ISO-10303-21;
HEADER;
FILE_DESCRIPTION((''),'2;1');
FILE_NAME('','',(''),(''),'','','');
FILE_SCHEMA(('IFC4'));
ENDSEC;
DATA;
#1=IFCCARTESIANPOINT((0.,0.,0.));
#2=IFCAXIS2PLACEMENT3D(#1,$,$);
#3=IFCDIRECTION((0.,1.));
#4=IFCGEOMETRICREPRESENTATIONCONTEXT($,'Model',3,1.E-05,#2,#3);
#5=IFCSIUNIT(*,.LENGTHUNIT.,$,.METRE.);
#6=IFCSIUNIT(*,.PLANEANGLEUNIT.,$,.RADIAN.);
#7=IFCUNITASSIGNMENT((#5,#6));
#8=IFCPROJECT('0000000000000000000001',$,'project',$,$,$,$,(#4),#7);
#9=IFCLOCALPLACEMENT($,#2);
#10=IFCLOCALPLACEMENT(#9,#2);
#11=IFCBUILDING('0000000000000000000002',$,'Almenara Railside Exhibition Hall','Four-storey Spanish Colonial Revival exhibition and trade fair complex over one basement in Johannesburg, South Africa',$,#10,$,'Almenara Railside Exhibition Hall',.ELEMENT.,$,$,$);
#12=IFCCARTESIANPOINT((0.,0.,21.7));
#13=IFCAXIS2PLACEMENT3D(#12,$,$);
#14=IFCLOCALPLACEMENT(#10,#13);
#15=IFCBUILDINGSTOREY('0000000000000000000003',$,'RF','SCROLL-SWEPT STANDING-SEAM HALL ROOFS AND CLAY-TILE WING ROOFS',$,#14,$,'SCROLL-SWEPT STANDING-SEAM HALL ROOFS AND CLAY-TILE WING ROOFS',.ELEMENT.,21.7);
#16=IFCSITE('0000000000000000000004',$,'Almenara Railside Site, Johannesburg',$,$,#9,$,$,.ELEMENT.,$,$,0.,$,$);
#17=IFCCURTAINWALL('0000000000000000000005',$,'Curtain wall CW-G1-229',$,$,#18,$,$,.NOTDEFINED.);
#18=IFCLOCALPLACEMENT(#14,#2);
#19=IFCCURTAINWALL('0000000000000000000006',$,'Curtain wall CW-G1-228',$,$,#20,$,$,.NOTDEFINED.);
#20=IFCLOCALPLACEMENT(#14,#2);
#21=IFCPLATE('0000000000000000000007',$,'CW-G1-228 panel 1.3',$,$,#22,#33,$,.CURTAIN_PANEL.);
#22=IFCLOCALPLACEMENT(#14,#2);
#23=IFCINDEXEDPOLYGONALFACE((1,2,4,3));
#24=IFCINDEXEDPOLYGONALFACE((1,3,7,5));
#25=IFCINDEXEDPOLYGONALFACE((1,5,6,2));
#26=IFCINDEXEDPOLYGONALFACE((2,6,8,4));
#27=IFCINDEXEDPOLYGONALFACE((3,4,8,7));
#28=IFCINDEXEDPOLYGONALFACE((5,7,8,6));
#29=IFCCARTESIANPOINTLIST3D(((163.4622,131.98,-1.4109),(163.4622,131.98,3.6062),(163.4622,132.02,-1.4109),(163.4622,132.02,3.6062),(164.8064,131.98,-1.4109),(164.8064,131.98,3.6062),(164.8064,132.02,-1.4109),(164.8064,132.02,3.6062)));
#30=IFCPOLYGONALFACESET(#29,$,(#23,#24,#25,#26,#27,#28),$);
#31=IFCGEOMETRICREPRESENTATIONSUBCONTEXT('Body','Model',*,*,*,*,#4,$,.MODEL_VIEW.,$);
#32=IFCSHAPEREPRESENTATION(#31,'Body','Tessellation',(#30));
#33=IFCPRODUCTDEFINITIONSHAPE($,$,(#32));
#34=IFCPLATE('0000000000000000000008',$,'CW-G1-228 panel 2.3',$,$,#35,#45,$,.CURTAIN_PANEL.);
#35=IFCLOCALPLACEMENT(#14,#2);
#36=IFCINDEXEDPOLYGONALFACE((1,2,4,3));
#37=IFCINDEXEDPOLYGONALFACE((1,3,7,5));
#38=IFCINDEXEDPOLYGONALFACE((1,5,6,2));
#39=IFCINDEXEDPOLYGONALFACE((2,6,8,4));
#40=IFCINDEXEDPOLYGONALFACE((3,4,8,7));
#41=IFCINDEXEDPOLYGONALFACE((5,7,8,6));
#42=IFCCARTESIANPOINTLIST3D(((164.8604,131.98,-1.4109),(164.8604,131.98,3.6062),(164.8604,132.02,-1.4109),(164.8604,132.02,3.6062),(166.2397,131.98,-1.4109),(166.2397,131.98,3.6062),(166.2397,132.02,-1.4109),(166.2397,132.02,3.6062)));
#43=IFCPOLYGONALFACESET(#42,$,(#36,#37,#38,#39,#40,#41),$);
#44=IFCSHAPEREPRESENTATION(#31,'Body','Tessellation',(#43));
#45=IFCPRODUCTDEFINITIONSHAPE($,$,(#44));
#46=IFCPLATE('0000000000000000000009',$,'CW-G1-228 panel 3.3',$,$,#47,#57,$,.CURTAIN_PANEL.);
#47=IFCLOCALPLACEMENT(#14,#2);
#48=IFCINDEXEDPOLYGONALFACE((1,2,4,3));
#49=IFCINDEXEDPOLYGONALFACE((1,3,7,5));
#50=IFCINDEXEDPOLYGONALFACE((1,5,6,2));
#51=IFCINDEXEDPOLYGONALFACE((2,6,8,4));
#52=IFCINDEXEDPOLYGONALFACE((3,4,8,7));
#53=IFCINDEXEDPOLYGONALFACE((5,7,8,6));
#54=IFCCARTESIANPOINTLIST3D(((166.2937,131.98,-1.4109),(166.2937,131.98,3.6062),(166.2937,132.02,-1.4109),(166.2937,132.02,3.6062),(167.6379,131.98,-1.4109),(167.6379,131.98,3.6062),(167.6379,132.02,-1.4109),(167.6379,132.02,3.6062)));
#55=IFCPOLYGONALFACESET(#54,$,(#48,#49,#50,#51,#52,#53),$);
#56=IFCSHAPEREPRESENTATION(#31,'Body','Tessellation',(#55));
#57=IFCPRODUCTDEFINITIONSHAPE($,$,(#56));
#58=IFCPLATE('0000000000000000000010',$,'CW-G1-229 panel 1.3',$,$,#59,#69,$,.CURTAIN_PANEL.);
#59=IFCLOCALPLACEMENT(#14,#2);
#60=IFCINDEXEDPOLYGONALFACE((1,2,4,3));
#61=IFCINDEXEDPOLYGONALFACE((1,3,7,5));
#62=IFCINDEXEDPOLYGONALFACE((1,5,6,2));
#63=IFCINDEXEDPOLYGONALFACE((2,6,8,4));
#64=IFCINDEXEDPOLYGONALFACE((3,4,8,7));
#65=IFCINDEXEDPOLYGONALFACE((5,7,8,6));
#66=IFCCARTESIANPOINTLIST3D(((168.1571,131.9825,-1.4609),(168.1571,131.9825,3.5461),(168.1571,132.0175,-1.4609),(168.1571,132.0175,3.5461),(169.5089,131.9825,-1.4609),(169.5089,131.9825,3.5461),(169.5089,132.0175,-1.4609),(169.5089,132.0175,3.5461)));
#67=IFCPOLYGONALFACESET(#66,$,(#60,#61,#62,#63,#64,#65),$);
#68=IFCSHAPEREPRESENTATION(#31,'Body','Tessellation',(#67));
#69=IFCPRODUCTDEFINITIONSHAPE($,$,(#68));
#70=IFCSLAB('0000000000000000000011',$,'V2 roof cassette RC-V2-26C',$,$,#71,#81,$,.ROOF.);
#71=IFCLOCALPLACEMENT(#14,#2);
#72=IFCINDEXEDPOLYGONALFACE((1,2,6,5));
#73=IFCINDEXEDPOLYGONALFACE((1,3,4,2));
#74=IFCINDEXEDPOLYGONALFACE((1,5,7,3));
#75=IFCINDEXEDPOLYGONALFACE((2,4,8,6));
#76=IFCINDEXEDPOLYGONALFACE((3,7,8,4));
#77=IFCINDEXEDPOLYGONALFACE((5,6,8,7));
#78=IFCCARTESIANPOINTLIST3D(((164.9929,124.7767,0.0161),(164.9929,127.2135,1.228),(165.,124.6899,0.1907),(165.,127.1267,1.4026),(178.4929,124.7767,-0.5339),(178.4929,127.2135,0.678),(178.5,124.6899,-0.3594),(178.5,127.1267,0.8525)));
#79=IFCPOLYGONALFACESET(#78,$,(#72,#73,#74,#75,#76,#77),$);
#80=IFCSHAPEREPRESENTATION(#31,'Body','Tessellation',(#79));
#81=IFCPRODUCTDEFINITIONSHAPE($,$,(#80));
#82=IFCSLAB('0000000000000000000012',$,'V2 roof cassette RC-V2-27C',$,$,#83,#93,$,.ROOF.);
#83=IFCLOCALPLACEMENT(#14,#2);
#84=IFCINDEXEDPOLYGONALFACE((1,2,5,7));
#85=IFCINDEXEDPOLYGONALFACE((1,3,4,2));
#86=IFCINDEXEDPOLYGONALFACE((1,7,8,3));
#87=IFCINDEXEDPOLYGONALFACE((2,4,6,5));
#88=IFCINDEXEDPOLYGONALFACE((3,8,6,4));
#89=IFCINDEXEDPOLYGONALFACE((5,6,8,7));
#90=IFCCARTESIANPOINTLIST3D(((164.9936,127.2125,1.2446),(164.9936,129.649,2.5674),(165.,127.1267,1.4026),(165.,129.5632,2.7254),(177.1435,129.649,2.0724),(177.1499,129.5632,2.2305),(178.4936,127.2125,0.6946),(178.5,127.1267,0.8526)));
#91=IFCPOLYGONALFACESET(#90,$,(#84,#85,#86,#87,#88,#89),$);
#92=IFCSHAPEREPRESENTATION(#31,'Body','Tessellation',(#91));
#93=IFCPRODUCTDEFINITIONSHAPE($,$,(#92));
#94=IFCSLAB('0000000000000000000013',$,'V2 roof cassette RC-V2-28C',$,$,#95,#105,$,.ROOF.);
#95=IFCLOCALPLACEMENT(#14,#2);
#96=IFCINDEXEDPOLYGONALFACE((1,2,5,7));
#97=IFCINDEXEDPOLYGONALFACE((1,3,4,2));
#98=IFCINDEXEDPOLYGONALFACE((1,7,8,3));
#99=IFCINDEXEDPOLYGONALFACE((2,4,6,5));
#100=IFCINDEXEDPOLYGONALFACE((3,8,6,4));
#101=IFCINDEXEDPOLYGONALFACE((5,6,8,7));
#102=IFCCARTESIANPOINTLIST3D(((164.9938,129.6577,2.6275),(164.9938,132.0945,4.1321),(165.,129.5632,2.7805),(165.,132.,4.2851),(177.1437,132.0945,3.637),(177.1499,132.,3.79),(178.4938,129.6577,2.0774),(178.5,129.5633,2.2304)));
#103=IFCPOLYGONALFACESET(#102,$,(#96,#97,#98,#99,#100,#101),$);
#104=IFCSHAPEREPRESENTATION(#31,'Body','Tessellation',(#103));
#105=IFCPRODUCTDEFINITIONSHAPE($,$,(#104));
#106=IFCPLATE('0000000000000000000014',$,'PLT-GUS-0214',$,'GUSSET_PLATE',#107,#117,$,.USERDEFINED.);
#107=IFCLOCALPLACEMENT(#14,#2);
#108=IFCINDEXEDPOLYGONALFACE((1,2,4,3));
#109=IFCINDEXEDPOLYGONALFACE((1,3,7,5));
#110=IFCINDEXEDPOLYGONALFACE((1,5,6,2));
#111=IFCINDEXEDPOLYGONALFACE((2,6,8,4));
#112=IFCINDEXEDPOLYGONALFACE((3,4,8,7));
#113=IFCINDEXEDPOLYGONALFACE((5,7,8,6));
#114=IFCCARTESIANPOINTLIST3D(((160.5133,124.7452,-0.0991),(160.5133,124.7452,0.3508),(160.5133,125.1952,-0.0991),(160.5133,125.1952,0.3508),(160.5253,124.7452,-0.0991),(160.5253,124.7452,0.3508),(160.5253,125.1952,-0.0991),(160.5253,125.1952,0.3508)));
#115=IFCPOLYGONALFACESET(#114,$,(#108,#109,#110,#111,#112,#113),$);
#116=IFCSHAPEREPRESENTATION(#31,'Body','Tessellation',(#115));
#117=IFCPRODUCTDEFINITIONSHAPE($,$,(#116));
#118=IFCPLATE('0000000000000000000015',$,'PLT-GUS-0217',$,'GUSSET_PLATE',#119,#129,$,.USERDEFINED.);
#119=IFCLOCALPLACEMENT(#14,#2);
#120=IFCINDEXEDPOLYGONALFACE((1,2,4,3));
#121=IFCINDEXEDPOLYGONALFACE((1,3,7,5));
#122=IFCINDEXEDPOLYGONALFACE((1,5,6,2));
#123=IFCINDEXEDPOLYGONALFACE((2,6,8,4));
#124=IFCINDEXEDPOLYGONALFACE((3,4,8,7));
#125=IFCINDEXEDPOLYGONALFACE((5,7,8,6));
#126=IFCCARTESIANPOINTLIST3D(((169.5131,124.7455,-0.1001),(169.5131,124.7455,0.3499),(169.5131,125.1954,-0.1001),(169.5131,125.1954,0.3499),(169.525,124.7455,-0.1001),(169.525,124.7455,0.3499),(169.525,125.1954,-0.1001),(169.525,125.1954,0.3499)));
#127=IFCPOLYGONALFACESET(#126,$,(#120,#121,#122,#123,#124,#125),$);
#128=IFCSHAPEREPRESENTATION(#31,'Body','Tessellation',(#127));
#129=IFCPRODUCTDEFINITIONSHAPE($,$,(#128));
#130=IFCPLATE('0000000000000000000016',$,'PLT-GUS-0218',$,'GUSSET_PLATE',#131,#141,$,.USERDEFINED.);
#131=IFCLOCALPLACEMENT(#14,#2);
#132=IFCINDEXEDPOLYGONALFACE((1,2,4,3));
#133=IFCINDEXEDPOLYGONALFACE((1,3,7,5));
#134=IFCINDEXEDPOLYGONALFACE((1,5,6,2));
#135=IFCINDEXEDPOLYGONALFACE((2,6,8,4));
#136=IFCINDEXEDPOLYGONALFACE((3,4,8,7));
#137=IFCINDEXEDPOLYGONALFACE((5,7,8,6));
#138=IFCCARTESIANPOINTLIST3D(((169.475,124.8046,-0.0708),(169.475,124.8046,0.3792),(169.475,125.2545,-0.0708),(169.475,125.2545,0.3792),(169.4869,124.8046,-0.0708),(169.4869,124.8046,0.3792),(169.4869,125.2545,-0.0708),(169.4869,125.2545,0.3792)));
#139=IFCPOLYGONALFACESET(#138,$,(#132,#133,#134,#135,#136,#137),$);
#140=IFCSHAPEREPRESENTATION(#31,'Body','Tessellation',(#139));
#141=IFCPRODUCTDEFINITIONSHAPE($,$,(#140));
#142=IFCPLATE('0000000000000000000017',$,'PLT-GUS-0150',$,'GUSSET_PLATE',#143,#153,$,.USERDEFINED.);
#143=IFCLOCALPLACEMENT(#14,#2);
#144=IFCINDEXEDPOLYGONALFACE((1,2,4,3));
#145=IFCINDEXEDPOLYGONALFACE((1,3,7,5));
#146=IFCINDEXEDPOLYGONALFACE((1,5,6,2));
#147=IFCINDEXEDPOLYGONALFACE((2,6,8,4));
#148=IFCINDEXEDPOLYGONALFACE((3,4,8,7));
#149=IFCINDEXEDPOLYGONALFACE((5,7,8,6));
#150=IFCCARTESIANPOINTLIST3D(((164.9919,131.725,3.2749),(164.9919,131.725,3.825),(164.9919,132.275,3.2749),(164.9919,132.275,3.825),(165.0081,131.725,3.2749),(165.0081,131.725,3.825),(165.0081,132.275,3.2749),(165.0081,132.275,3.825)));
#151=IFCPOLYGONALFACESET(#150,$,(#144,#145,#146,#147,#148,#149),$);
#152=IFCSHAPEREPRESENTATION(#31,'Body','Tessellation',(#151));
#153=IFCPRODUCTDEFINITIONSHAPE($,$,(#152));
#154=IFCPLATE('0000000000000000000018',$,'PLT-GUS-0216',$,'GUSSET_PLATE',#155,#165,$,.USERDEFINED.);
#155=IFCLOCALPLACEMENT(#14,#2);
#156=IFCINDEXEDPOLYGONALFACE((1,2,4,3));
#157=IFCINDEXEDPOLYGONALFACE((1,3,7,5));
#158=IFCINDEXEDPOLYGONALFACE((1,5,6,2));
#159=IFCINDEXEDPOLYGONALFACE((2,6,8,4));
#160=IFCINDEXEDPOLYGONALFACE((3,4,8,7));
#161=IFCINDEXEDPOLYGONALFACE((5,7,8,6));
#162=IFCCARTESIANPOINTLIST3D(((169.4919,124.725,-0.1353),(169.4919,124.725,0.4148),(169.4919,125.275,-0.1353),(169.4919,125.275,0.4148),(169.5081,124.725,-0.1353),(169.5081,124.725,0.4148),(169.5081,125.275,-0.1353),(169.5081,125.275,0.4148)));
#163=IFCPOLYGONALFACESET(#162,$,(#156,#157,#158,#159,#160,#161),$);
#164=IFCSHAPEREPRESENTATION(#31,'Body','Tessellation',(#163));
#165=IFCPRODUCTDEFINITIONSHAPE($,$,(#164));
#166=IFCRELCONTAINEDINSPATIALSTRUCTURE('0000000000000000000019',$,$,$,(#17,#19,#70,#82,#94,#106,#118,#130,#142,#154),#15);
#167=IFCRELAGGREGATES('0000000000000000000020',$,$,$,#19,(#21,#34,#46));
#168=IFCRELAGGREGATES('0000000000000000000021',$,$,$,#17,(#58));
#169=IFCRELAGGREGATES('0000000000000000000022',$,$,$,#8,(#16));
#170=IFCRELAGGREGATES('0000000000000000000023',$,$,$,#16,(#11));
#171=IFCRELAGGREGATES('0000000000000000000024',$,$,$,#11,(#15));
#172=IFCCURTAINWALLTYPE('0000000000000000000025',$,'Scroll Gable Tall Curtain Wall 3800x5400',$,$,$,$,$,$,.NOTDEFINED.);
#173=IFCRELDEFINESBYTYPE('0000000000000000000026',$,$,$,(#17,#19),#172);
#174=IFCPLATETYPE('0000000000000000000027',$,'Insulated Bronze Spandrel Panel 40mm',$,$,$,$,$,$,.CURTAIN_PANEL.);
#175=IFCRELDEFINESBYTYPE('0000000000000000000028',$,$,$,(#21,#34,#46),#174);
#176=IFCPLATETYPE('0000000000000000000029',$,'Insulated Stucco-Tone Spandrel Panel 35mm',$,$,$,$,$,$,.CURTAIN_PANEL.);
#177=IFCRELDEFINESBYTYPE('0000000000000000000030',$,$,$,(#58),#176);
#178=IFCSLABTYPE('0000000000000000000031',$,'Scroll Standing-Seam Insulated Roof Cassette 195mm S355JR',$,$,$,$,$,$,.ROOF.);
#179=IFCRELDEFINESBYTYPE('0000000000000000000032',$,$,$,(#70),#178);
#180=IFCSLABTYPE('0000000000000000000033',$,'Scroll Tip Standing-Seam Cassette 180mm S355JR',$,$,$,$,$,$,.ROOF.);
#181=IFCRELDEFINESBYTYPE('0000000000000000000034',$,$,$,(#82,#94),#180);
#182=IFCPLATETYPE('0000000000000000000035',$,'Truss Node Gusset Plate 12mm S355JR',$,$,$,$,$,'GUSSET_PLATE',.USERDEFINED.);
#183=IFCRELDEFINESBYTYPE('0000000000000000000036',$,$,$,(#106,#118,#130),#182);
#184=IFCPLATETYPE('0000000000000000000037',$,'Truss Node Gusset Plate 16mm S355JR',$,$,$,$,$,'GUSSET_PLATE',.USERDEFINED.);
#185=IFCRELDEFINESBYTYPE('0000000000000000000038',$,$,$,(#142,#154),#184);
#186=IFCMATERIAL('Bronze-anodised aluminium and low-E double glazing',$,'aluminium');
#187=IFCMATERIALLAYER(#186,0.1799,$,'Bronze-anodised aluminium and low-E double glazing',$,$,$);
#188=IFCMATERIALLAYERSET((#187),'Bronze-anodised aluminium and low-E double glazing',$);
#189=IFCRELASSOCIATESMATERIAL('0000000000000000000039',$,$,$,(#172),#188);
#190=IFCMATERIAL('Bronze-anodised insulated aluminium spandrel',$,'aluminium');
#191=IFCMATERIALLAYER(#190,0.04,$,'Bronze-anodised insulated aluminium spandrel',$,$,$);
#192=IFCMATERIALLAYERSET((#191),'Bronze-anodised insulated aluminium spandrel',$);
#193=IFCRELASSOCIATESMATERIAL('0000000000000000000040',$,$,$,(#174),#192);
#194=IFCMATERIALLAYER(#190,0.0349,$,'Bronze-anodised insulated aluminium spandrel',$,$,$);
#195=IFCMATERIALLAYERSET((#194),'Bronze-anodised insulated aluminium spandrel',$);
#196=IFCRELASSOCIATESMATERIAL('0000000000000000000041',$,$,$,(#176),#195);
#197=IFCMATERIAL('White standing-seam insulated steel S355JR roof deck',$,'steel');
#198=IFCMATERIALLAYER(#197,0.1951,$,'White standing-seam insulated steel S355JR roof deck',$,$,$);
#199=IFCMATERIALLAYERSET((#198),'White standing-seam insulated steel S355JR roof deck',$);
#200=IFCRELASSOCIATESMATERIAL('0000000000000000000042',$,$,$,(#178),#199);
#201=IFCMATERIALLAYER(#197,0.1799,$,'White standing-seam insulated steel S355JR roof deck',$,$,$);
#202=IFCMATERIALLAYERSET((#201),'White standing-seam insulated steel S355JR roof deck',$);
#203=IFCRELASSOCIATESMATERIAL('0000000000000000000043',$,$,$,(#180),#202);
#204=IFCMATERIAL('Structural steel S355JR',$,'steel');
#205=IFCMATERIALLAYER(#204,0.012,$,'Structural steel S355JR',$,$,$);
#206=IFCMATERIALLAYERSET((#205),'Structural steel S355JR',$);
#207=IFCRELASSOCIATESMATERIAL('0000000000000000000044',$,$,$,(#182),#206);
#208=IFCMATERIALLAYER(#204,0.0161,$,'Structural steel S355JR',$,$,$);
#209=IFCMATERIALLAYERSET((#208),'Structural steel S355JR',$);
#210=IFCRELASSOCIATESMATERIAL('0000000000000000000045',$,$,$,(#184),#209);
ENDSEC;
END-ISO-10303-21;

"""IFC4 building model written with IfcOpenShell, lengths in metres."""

from ifc_helpers import new_model, si_unit, direction, frame, origin, origin_2d, place, context, subcontext, project, spatial, polyline, rectangle, outline, extrude, material, layer, layer_set, type_object, element, aggregate, save


model = new_model("IFC4")

# Units and contexts
model_context = context("Model", 3, precision=1e-05, world=origin(), true_north=direction((0.0, 1.0)))
body_context = subcontext(model_context, "Body", "Model", "MODEL_VIEW")
ifc_project = project(units=[si_unit("LENGTHUNIT", "METRE"), si_unit("PLANEANGLEUNIT", "RADIAN")], contexts=[model_context])

# Site, building, storey
site_placement = place(None, origin())
site = spatial("IfcSite", under=ifc_project, at=site_placement, Name="Almenara Railside Site, Johannesburg", CompositionType="ELEMENT", RefElevation=0.0)
building_placement = place(site_placement, origin())
building = spatial("IfcBuilding", under=site, at=building_placement, Name="Almenara Railside Exhibition Hall", Description="Four-storey Spanish Colonial Revival exhibition and trade fair complex over one basement in Johannesburg, South Africa", LongName="Almenara Railside Exhibition Hall", CompositionType="ELEMENT")
storey_placement = place(building_placement, frame((0.0, 0.0, 21.7)))
storey = spatial("IfcBuildingStorey", under=building, at=storey_placement, Name="RF", Description="SCROLL-SWEPT STANDING-SEAM HALL ROOFS AND CLAY-TILE WING ROOFS", LongName="SCROLL-SWEPT STANDING-SEAM HALL ROOFS AND CLAY-TILE WING ROOFS", CompositionType="ELEMENT", Elevation=21.7)

# Shared definitions
ifc_material_1 = material(Name="Structural steel S355JR", Category="steel")

# Shared definitions
ifc_material_2 = material(Name="Bronze-anodised aluminium and low-E double glazing", Category="aluminium")
ifc_layer_1 = layer(ifc_material_2, 0.1799, Name="Bronze-anodised aluminium and low-E double glazing")
ifc_layer_set_1 = layer_set([ifc_layer_1], Name="Bronze-anodised aluminium and low-E double glazing")
curtain_wall_type = type_object("IfcCurtainWallType", Name="Scroll Gable Tall Curtain Wall 3800x5400", PredefinedType="NOTDEFINED", material=ifc_layer_set_1)

# Curtain walls
curtain_wall_1_placement = place(storey_placement, origin())
curtain_wall_1 = element("IfcCurtainWall", 1, at=curtain_wall_1_placement, inside=storey, type_object=curtain_wall_type, Name="Curtain wall CW-G1-229", PredefinedType="NOTDEFINED")
curtain_wall_2_placement = place(storey_placement, origin())
curtain_wall_2 = element("IfcCurtainWall", 2, at=curtain_wall_2_placement, inside=storey, type_object=curtain_wall_type, Name="Curtain wall CW-G1-228", PredefinedType="NOTDEFINED")

# Plates
ifc_material_3 = material(Name="Bronze-anodised insulated aluminium spandrel", Category="aluminium")
ifc_layer_2 = layer(ifc_material_3, 0.04, Name="Bronze-anodised insulated aluminium spandrel")
ifc_layer_set_2 = layer_set([ifc_layer_2], Name="Bronze-anodised insulated aluminium spandrel")
plate_type_1 = type_object("IfcPlateType", Name="Insulated Bronze Spandrel Panel 40mm", PredefinedType="CURTAIN_PANEL", material=ifc_layer_set_2)
plate_1_placement = place(storey_placement, frame((164.1343, 132.0, -1.4109), z_axis=(0.0, 0.0, 1.0), x_axis=(1.0, 0.0, 0.0)))
plate_1 = element("IfcPlate", 3, at=plate_1_placement, type_object=plate_type_1, Name="CW-G1-228 panel 1.3", PredefinedType="CURTAIN_PANEL", context=body_context, shape_type="SweptSolid", body=[
    extrude(rectangle(XDim=1.3442, YDim=0.04, at=origin_2d()), origin(), (0.0, 0.0, 1.0), 5.0171),
])
plate_2_placement = place(storey_placement, frame((165.55, 132.0, -1.4109), z_axis=(0.0, 0.0, 1.0), x_axis=(1.0, 0.0, 0.0)))
plate_2 = element("IfcPlate", 4, at=plate_2_placement, type_object=plate_type_1, Name="CW-G1-228 panel 2.3", PredefinedType="CURTAIN_PANEL", context=body_context, shape_type="SweptSolid", body=[
    extrude(rectangle(XDim=1.3794, YDim=0.04, at=origin_2d()), origin(), (0.0, 0.0, 1.0), 5.0171),
])
plate_3_placement = place(storey_placement, frame((166.9658, 132.0, -1.4109), z_axis=(0.0, 0.0, 1.0), x_axis=(1.0, 0.0, 0.0)))
plate_3 = element("IfcPlate", 5, at=plate_3_placement, type_object=plate_type_1, Name="CW-G1-228 panel 3.3", PredefinedType="CURTAIN_PANEL", context=body_context, shape_type="SweptSolid", body=[
    extrude(rectangle(XDim=1.3442, YDim=0.04, at=origin_2d()), origin(), (0.0, 0.0, 1.0), 5.0171),
])
aggregate(curtain_wall_2, [plate_1, plate_2, plate_3])
ifc_layer_3 = layer(ifc_material_3, 0.0349, Name="Bronze-anodised insulated aluminium spandrel")
ifc_layer_set_3 = layer_set([ifc_layer_3], Name="Bronze-anodised insulated aluminium spandrel")
plate_type_2 = type_object("IfcPlateType", Name="Insulated Stucco-Tone Spandrel Panel 35mm", PredefinedType="CURTAIN_PANEL", material=ifc_layer_set_3)
plate_4_placement = place(storey_placement, frame((168.833, 132.0, -1.4609), z_axis=(0.0, 0.0, 1.0), x_axis=(1.0, 0.0, 0.0)))
plate_4 = element("IfcPlate", 6, at=plate_4_placement, type_object=plate_type_2, Name="CW-G1-229 panel 1.3", PredefinedType="CURTAIN_PANEL", context=body_context, shape_type="SweptSolid", body=[
    extrude(rectangle(XDim=1.3518, YDim=0.0349, at=origin_2d()), origin(), (0.0, 0.0, 1.0), 5.0071),
])
aggregate(curtain_wall_1, [plate_4])

# Slabs
ifc_material_4 = material(Name="White standing-seam insulated steel S355JR roof deck", Category="steel")
ifc_layer_4 = layer(ifc_material_4, 0.1951, Name="White standing-seam insulated steel S355JR roof deck")
ifc_layer_set_4 = layer_set([ifc_layer_4], Name="White standing-seam insulated steel S355JR roof deck")
slab_type_1 = type_object("IfcSlabType", Name="Scroll Standing-Seam Insulated Roof Cassette 195mm S355JR", PredefinedType="ROOF", material=ifc_layer_set_4)
slab_1_placement = place(storey_placement, frame((165.0, 124.6899, 0.1907), z_axis=(0.036457, -0.445015, 0.894781), x_axis=(0.999171, 0.0, -0.040711)))
element("IfcSlab", 7, at=slab_1_placement, inside=storey, type_object=slab_type_1, Name="V2 roof cassette RC-V2-26C", PredefinedType="ROOF", context=body_context, shape_type="SweptSolid", body=[
    extrude(outline(polyline([(0.0, 0.0), (13.5112, 0.0), (13.4619, 2.7211), (-0.0493, 2.7211), (0.0, 0.0)])), origin(), (0.0, 0.0, -1.0), 0.1951),
])
ifc_layer_5 = layer(ifc_material_4, 0.1799, Name="White standing-seam insulated steel S355JR roof deck")
ifc_layer_set_5 = layer_set([ifc_layer_5], Name="White standing-seam insulated steel S355JR roof deck")
slab_type_2 = type_object("IfcSlabType", Name="Scroll Tip Standing-Seam Cassette 180mm S355JR", PredefinedType="ROOF", material=ifc_layer_set_5)
slab_2_placement = place(storey_placement, frame((165.0, 127.1267, 1.4026), z_axis=(0.035779, -0.47683, 0.878267), x_axis=(0.999171, -0.000003, -0.040706)))
element("IfcSlab", 8, at=slab_2_placement, inside=storey, type_object=slab_type_2, Name="V2 roof cassette RC-V2-27C", PredefinedType="ROOF", context=body_context, shape_type="SweptSolid", body=[
    extrude(outline(polyline([(0.0, 0.0), (13.5112, 0.0), (12.1061, 2.772), (-0.0539, 2.7719), (0.0, 0.0)])), origin(), (0.0, 0.0, -1.0), 0.1799),
])
slab_3_placement = place(storey_placement, frame((165.0, 129.5632, 2.7805), z_axis=(0.03465, -0.52506, 0.85036), x_axis=(0.999171, 0.000001, -0.040713)))
element("IfcSlab", 9, at=slab_3_placement, inside=storey, type_object=slab_type_2, Name="V2 roof cassette RC-V2-28C", PredefinedType="ROOF", context=body_context, shape_type="SweptSolid", body=[
    extrude(outline(polyline([(0.0, 0.0), (13.5112, 0.0), (12.0987, 2.8632), (-0.0613, 2.8632), (0.0, 0.0)])), origin(), (0.0, 0.0, -1.0), 0.1799),
])

# Plates
ifc_layer_6 = layer(ifc_material_1, 0.012, Name="Structural steel S355JR")
ifc_layer_set_6 = layer_set([ifc_layer_6], Name="Structural steel S355JR")
plate_type_3 = type_object("IfcPlateType", Name="Truss Node Gusset Plate 12mm S355JR", ElementType="GUSSET_PLATE", PredefinedType="USERDEFINED", material=ifc_layer_set_6)
for number, where, z_axis, x_axis, name in (
    (10, (160.5193, 124.9702, -0.0991), (0.0, 0.0, 1.0), (0.0, 1.0, 0.0), "PLT-GUS-0214"),
    (11, (169.519, 124.9705, -0.1001), (0.0, 0.0, 1.0), (0.0, 1.0, 0.0), "PLT-GUS-0217"),
    (12, (169.481, 125.0295, -0.0708), (0.0, 0.0, 1.0), (0.0, 1.0, 0.0), "PLT-GUS-0218"),
):
    element("IfcPlate", number, at=place(storey_placement, frame(where, z_axis=z_axis, x_axis=x_axis)), inside=storey, type_object=plate_type_3, Name=name, ObjectType="GUSSET_PLATE", PredefinedType="USERDEFINED", context=body_context, shape_type="SweptSolid", body=[
        extrude(rectangle(XDim=0.45, YDim=0.012, at=origin_2d()), origin(), (0.0, 0.0, 1.0), 0.45),
    ])
ifc_layer_7 = layer(ifc_material_1, 0.0161, Name="Structural steel S355JR")
ifc_layer_set_7 = layer_set([ifc_layer_7], Name="Structural steel S355JR")
plate_type_4 = type_object("IfcPlateType", Name="Truss Node Gusset Plate 16mm S355JR", ElementType="GUSSET_PLATE", PredefinedType="USERDEFINED", material=ifc_layer_set_7)
for number, where, z_axis, x_axis, name in (
    (13, (165.0, 132.0, 3.2749), (0.0, 0.0, 1.0), (0.0, 1.0, 0.0), "PLT-GUS-0150"),
    (14, (169.5, 125.0, -0.1353), (0.0, 0.0, 1.0), (0.0, 1.0, 0.0), "PLT-GUS-0216"),
):
    element("IfcPlate", number, at=place(storey_placement, frame(where, z_axis=z_axis, x_axis=x_axis)), inside=storey, type_object=plate_type_4, Name=name, ObjectType="GUSSET_PLATE", PredefinedType="USERDEFINED", context=body_context, shape_type="SweptSolid", body=[
        extrude(rectangle(XDim=0.55, YDim=0.0161, at=origin_2d()), origin(), (0.0, 0.0, 1.0), 0.55),
    ])

save(model, "model.ifc")
